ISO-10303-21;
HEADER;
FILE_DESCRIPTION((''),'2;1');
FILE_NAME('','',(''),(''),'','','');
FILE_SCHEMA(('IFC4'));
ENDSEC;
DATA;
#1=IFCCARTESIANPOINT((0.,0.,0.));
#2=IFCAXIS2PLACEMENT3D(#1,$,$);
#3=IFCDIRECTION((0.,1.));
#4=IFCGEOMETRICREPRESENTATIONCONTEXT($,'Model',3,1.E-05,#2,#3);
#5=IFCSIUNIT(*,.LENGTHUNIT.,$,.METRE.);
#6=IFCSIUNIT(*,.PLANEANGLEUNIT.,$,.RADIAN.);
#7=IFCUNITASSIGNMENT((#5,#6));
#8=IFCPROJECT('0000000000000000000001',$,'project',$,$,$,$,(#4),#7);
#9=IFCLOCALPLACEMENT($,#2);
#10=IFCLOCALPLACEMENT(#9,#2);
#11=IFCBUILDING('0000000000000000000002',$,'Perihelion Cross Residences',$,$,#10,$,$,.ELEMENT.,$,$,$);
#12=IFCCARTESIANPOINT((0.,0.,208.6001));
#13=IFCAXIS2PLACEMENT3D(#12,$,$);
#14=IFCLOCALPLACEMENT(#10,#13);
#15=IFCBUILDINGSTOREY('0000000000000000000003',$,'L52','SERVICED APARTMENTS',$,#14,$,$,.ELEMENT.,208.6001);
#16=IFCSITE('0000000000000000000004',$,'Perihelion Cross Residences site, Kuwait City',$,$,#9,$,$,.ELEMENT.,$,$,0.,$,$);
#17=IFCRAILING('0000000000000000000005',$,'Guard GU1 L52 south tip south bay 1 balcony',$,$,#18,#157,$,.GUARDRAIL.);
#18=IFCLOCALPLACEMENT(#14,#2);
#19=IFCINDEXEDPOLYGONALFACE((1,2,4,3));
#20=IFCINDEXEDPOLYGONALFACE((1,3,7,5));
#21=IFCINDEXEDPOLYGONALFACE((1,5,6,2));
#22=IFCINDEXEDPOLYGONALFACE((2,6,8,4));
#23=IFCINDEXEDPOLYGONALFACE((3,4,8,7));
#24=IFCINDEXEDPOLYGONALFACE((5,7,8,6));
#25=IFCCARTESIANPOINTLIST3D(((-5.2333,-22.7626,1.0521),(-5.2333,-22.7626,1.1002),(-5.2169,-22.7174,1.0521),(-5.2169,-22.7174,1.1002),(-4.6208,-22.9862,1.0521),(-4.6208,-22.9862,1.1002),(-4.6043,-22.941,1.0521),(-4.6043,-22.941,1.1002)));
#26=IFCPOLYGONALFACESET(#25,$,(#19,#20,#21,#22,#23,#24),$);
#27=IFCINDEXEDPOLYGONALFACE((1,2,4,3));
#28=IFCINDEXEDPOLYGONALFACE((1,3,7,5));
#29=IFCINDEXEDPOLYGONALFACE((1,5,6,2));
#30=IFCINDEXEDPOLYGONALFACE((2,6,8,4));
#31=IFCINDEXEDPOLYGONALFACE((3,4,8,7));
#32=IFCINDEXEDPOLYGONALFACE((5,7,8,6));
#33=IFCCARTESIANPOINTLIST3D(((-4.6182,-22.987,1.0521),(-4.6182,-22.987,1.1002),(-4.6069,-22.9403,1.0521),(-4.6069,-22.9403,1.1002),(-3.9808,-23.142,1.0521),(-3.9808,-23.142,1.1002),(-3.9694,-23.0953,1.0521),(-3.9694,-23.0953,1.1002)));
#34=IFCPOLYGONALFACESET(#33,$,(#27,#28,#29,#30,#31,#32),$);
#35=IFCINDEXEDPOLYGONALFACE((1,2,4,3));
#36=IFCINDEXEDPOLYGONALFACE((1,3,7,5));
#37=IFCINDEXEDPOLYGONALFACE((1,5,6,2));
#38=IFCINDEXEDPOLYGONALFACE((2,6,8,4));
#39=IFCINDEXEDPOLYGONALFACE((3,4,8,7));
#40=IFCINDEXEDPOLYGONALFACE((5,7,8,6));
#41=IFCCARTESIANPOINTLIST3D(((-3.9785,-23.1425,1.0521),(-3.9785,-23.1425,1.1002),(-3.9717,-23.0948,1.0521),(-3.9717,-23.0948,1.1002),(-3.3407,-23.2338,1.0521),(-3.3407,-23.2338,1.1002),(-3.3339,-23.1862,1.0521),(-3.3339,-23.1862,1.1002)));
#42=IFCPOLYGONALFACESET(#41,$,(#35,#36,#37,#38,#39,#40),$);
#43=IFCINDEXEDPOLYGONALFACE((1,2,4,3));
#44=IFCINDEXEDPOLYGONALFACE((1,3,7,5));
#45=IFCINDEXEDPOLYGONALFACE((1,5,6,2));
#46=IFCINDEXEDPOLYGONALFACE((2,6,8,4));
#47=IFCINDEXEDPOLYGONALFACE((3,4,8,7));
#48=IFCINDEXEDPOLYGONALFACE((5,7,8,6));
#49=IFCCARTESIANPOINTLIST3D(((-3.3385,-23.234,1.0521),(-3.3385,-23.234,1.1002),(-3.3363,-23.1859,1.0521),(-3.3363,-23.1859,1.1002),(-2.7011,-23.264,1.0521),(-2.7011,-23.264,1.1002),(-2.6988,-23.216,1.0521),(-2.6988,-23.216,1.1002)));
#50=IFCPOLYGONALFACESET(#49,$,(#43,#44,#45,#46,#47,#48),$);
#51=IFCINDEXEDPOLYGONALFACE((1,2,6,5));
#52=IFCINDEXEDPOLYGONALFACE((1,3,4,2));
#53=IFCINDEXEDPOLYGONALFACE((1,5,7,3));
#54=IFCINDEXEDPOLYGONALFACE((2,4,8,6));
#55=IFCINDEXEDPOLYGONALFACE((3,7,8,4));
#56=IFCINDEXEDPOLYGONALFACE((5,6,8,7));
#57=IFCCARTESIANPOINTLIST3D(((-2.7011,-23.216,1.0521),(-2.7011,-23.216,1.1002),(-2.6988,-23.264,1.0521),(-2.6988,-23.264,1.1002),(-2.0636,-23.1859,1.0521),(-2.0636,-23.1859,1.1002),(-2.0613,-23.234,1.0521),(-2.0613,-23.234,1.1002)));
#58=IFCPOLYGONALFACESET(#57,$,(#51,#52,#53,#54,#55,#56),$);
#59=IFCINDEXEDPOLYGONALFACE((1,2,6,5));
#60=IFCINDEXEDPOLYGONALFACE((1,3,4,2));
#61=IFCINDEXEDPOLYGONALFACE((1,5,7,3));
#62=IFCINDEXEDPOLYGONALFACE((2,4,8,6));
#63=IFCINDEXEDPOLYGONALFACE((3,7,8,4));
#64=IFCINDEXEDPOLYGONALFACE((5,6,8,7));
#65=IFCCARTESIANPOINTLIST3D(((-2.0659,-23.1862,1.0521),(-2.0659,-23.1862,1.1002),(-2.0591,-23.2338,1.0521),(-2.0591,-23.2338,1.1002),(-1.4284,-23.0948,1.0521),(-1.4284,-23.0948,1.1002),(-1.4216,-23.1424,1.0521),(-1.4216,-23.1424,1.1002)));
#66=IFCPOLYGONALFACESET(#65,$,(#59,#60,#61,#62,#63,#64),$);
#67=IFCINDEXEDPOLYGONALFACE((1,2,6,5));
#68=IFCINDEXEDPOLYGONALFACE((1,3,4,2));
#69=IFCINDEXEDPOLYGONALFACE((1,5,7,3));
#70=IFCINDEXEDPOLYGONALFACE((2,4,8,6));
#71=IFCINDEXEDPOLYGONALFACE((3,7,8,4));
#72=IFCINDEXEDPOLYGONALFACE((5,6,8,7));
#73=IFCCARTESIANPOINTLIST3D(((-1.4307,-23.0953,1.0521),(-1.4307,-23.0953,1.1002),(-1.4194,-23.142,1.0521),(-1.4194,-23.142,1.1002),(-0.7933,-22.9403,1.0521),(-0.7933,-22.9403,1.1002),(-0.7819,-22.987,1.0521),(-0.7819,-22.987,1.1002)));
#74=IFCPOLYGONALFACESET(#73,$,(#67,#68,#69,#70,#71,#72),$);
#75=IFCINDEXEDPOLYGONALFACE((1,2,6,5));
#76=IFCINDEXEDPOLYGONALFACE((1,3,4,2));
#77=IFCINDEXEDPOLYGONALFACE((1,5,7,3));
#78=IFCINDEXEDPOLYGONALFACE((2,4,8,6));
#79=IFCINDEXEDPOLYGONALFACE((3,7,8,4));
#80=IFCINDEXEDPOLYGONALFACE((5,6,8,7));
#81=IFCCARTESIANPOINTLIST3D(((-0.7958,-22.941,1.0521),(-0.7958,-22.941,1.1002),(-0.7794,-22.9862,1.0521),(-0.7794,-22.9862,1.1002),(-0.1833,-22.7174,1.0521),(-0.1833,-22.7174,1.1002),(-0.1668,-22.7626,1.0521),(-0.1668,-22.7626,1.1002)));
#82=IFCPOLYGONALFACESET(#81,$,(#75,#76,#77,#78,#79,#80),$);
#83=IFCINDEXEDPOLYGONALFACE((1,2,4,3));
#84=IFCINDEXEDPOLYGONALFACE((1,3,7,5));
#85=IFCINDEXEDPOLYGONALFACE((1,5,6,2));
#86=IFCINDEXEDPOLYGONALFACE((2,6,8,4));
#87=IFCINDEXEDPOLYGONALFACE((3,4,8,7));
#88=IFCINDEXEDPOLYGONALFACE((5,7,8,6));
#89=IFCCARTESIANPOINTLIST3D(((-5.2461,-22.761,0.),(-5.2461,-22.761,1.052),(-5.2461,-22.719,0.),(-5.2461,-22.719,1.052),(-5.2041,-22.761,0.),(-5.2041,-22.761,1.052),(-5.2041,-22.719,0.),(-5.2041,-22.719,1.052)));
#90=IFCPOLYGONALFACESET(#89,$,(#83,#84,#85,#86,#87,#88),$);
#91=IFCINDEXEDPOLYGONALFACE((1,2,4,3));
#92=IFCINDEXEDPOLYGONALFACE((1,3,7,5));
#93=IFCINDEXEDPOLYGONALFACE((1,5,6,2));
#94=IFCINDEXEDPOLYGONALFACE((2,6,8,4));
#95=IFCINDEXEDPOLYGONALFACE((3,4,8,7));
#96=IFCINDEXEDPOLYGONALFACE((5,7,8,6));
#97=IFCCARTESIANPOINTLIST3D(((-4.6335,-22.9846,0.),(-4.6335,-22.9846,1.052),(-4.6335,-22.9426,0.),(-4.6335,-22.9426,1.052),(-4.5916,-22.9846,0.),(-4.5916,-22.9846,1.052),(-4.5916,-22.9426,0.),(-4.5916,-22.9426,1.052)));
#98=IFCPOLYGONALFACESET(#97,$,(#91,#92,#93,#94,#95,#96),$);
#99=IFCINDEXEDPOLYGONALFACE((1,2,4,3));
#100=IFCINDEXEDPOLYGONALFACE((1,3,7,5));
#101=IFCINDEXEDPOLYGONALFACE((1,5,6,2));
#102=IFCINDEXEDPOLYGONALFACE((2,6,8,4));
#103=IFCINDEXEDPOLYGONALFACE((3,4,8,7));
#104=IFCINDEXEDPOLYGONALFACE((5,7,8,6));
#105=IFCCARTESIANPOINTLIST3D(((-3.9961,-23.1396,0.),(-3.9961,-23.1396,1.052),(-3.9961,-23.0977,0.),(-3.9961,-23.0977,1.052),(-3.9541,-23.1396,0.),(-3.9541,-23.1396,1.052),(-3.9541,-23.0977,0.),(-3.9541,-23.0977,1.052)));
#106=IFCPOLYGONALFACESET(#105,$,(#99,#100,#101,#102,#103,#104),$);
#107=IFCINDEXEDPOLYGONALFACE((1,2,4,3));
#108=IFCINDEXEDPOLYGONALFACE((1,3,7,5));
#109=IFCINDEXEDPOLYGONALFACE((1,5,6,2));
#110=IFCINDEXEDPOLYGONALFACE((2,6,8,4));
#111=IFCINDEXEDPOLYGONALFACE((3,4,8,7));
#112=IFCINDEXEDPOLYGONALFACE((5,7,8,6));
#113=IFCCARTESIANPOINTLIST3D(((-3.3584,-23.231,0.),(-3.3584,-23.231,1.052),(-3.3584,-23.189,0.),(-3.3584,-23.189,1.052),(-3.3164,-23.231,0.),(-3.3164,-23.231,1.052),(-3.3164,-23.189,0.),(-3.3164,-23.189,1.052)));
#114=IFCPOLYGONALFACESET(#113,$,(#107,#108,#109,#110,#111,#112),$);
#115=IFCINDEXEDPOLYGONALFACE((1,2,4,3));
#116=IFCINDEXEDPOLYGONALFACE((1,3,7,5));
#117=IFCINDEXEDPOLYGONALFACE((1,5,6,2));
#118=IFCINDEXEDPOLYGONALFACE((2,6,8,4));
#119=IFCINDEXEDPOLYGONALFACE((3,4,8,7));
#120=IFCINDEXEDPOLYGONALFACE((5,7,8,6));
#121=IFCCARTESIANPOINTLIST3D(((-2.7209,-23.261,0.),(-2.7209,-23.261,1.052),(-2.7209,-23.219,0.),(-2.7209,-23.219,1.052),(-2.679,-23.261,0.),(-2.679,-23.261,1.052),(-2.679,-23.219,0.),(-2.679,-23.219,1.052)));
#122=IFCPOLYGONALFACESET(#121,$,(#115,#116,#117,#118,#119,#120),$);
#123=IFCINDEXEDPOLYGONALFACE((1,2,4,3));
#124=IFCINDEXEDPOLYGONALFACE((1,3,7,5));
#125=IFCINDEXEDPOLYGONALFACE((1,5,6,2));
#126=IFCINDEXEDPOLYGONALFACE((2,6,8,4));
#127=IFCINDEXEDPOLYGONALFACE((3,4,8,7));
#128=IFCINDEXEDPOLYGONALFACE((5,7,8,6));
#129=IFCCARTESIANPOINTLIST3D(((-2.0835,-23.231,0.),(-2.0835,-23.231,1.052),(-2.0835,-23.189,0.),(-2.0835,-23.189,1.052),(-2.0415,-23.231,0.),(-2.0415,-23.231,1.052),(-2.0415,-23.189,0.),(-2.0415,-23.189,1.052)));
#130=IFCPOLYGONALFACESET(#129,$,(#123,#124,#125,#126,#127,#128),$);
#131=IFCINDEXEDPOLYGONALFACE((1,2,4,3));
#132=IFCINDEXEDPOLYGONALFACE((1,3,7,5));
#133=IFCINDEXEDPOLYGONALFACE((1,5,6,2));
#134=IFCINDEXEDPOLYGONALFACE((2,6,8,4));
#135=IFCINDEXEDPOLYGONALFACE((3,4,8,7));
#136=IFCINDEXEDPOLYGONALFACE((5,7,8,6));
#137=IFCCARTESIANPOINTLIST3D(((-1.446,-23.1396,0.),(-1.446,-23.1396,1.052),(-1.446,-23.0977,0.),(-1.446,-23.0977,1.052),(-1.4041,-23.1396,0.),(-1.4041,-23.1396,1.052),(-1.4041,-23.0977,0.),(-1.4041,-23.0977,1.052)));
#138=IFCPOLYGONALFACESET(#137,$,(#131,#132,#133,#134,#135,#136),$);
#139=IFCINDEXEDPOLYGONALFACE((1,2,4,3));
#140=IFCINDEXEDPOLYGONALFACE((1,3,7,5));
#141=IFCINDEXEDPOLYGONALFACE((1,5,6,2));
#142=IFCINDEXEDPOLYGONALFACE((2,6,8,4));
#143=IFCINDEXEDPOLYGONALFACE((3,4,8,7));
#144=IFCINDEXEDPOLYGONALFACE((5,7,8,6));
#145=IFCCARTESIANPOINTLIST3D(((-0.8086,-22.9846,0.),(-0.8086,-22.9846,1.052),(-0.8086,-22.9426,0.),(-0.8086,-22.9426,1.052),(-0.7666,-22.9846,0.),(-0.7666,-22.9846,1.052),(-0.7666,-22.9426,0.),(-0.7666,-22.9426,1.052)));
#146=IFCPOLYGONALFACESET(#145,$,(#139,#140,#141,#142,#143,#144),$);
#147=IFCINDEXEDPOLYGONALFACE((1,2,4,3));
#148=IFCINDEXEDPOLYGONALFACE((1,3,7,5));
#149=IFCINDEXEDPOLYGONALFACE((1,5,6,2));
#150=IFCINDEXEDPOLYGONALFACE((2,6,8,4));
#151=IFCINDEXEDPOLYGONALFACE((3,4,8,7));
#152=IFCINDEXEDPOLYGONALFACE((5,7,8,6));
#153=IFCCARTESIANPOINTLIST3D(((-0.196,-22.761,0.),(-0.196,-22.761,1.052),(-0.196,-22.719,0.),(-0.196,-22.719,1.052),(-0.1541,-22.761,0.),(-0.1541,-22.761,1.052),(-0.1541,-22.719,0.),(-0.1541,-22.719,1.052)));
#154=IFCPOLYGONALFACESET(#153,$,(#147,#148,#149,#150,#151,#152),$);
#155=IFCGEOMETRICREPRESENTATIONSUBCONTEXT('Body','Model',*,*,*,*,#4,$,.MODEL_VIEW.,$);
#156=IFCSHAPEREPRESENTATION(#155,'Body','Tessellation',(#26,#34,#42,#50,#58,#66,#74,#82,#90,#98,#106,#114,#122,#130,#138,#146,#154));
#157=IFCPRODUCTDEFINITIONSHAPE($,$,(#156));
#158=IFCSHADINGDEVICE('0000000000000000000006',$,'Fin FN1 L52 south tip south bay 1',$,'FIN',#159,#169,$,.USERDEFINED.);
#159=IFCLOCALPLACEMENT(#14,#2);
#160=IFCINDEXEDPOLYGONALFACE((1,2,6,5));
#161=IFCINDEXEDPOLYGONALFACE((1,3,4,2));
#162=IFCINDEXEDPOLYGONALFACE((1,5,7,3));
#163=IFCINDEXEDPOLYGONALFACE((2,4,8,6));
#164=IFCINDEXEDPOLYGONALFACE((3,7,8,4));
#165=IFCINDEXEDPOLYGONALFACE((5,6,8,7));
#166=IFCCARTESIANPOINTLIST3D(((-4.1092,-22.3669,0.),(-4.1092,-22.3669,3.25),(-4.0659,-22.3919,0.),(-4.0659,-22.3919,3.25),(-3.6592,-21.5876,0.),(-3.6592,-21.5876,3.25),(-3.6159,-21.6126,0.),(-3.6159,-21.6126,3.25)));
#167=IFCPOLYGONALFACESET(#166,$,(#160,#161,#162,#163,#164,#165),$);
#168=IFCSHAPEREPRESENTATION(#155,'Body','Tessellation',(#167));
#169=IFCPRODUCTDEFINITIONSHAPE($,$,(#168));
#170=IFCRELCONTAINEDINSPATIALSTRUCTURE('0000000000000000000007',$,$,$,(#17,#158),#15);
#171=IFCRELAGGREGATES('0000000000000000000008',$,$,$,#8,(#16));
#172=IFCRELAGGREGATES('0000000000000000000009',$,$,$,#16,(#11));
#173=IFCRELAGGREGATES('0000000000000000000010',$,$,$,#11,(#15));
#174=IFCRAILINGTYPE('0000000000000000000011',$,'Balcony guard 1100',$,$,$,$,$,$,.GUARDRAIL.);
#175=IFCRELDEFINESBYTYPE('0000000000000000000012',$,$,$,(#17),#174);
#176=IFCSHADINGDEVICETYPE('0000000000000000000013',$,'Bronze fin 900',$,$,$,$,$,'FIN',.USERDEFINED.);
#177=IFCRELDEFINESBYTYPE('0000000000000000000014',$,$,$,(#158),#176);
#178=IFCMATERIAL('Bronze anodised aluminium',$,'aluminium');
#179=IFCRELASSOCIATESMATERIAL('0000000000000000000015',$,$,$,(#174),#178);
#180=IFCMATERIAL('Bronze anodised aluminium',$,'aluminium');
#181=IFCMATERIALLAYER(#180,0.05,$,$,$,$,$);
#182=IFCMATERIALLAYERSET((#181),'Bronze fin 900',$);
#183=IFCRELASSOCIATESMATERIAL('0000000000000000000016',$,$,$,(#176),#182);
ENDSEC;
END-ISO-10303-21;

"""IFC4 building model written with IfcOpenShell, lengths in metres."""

from ifc_helpers import new_model, si_unit, direction, frame, origin, origin_2d, place, context, subcontext, project, spatial, rectangle, extrude, material, layer, layer_set, type_object, element, save


model = new_model("IFC4")

# Units and contexts
model_context = context("Model", 3, precision=1e-05, world=origin(), true_north=direction((0.0, 1.0)))
body_context = subcontext(model_context, "Body", "Model", "MODEL_VIEW")
ifc_project = project(units=[si_unit("LENGTHUNIT", "METRE"), si_unit("PLANEANGLEUNIT", "RADIAN")], contexts=[model_context])

# Site, building, storey
site_placement = place(None, origin())
site = spatial("IfcSite", under=ifc_project, at=site_placement, Name="Perihelion Cross Residences site, Kuwait City", CompositionType="ELEMENT", RefElevation=0.0)
building_placement = place(site_placement, origin())
building = spatial("IfcBuilding", under=site, at=building_placement, Name="Perihelion Cross Residences", CompositionType="ELEMENT")
storey_placement = place(building_placement, frame((0.0, 0.0, 208.6001)))
storey = spatial("IfcBuildingStorey", under=building, at=storey_placement, Name="L52", Description="SERVICED APARTMENTS", CompositionType="ELEMENT", Elevation=208.6001)

# Railing
ifc_material_1 = material(Name="Bronze anodised aluminium", Category="aluminium")
railing_type = type_object("IfcRailingType", Name="Balcony guard 1100", PredefinedType="GUARDRAIL", material=ifc_material_1)
railing_placement = place(storey_placement, frame((-5.2251, -22.74, 0.0)))
element("IfcRailing", 1, at=railing_placement, inside=storey, type_object=railing_type, Name="Guard GU1 L52 south tip south bay 1 balcony", PredefinedType="GUARDRAIL", context=body_context, shape_type="SweptSolid", body=[
    extrude(rectangle(XDim=0.0481, YDim=0.0481, at=origin_2d()), frame((0.0, 0.0, 1.0762), z_axis=(0.939355, -0.342945, 0.0), x_axis=(0.342945, 0.939355, 0.0)), (0.0, 0.0, 1.0), 0.6521),
    extrude(rectangle(XDim=0.0481, YDim=0.0481, at=origin_2d()), frame((0.6125, -0.2236, 1.0762), z_axis=(0.971677, -0.236314, 0.0), x_axis=(0.236314, 0.971677, 0.0)), (0.0, 0.0, 1.0), 0.656),
    extrude(rectangle(XDim=0.0481, YDim=0.0481, at=origin_2d()), frame((1.25, -0.3787, 1.0762), z_axis=(0.989904, -0.14174, 0.0), x_axis=(0.14174, 0.989904, 0.0)), (0.0, 0.0, 1.0), 0.6443),
    extrude(rectangle(XDim=0.0481, YDim=0.0481, at=origin_2d()), frame((1.8877, -0.47, 1.0762), z_axis=(0.998892, -0.047056, 0.0), x_axis=(0.047056, 0.998892, 0.0)), (0.0, 0.0, 1.0), 0.6382),
    extrude(rectangle(XDim=0.0481, YDim=0.0481, at=origin_2d()), frame((2.5251, -0.5, 1.0762), z_axis=(0.998892, 0.047056, 0.0), x_axis=(-0.047056, 0.998892, 0.0)), (0.0, 0.0, 1.0), 0.6382),
    extrude(rectangle(XDim=0.0481, YDim=0.0481, at=origin_2d()), frame((3.1626, -0.47, 1.0762), z_axis=(0.989896, 0.141793, 0.0), x_axis=(-0.141793, 0.989896, 0.0)), (0.0, 0.0, 1.0), 0.644),
    extrude(rectangle(XDim=0.0481, YDim=0.0481, at=origin_2d()), frame((3.8, -0.3787, 1.0762), z_axis=(0.971677, 0.236314, 0.0), x_axis=(-0.236314, 0.971677, 0.0)), (0.0, 0.0, 1.0), 0.656),
    extrude(rectangle(XDim=0.0481, YDim=0.0481, at=origin_2d()), frame((4.4375, -0.2236, 1.0762), z_axis=(0.939355, 0.342945, 0.0), x_axis=(-0.342945, 0.939355, 0.0)), (0.0, 0.0, 1.0), 0.6521),
    extrude(rectangle(XDim=0.042, YDim=0.042, at=origin_2d()), origin(), (0.0, 0.0, 1.0), 1.052),
    extrude(rectangle(XDim=0.042, YDim=0.042, at=origin_2d()), frame((0.6125, -0.2236, 0.0)), (0.0, 0.0, 1.0), 1.052),
    extrude(rectangle(XDim=0.042, YDim=0.042, at=origin_2d()), frame((1.25, -0.3787, 0.0)), (0.0, 0.0, 1.0), 1.052),
    extrude(rectangle(XDim=0.042, YDim=0.042, at=origin_2d()), frame((1.8877, -0.47, 0.0)), (0.0, 0.0, 1.0), 1.052),
    extrude(rectangle(XDim=0.042, YDim=0.042, at=origin_2d()), frame((2.5251, -0.5, 0.0)), (0.0, 0.0, 1.0), 1.052),
    extrude(rectangle(XDim=0.042, YDim=0.042, at=origin_2d()), frame((3.1626, -0.47, 0.0)), (0.0, 0.0, 1.0), 1.052),
    extrude(rectangle(XDim=0.042, YDim=0.042, at=origin_2d()), frame((3.8, -0.3787, 0.0)), (0.0, 0.0, 1.0), 1.052),
    extrude(rectangle(XDim=0.042, YDim=0.042, at=origin_2d()), frame((4.4375, -0.2236, 0.0)), (0.0, 0.0, 1.0), 1.052),
    extrude(rectangle(XDim=0.042, YDim=0.042, at=origin_2d()), frame((5.05, 0.0, 0.0)), (0.0, 0.0, 1.0), 1.052),
])

# Shading device
ifc_material_2 = material(Name="Bronze anodised aluminium", Category="aluminium")
ifc_layer_1 = layer(ifc_material_2, 0.05)
ifc_layer_set_1 = layer_set([ifc_layer_1], Name="Bronze fin 900")
shading_device_type = type_object("IfcShadingDeviceType", Name="Bronze fin 900", ElementType="FIN", PredefinedType="USERDEFINED", material=ifc_layer_set_1)
shading_device_placement = place(storey_placement, frame((-3.8625, -21.9897, 0.0), z_axis=(0.0, 0.0, 1.0), x_axis=(-0.5, -0.866025, 0.0)))
element("IfcShadingDevice", 2, at=shading_device_placement, inside=storey, type_object=shading_device_type, Name="Fin FN1 L52 south tip south bay 1", ObjectType="FIN", PredefinedType="USERDEFINED", context=body_context, shape_type="SweptSolid", body=[
    extrude(rectangle(XDim=0.8999, YDim=0.05, at=origin_2d()), origin(), (0.0, 0.0, 1.0), 3.25),
])

save(model, "model.ifc")
